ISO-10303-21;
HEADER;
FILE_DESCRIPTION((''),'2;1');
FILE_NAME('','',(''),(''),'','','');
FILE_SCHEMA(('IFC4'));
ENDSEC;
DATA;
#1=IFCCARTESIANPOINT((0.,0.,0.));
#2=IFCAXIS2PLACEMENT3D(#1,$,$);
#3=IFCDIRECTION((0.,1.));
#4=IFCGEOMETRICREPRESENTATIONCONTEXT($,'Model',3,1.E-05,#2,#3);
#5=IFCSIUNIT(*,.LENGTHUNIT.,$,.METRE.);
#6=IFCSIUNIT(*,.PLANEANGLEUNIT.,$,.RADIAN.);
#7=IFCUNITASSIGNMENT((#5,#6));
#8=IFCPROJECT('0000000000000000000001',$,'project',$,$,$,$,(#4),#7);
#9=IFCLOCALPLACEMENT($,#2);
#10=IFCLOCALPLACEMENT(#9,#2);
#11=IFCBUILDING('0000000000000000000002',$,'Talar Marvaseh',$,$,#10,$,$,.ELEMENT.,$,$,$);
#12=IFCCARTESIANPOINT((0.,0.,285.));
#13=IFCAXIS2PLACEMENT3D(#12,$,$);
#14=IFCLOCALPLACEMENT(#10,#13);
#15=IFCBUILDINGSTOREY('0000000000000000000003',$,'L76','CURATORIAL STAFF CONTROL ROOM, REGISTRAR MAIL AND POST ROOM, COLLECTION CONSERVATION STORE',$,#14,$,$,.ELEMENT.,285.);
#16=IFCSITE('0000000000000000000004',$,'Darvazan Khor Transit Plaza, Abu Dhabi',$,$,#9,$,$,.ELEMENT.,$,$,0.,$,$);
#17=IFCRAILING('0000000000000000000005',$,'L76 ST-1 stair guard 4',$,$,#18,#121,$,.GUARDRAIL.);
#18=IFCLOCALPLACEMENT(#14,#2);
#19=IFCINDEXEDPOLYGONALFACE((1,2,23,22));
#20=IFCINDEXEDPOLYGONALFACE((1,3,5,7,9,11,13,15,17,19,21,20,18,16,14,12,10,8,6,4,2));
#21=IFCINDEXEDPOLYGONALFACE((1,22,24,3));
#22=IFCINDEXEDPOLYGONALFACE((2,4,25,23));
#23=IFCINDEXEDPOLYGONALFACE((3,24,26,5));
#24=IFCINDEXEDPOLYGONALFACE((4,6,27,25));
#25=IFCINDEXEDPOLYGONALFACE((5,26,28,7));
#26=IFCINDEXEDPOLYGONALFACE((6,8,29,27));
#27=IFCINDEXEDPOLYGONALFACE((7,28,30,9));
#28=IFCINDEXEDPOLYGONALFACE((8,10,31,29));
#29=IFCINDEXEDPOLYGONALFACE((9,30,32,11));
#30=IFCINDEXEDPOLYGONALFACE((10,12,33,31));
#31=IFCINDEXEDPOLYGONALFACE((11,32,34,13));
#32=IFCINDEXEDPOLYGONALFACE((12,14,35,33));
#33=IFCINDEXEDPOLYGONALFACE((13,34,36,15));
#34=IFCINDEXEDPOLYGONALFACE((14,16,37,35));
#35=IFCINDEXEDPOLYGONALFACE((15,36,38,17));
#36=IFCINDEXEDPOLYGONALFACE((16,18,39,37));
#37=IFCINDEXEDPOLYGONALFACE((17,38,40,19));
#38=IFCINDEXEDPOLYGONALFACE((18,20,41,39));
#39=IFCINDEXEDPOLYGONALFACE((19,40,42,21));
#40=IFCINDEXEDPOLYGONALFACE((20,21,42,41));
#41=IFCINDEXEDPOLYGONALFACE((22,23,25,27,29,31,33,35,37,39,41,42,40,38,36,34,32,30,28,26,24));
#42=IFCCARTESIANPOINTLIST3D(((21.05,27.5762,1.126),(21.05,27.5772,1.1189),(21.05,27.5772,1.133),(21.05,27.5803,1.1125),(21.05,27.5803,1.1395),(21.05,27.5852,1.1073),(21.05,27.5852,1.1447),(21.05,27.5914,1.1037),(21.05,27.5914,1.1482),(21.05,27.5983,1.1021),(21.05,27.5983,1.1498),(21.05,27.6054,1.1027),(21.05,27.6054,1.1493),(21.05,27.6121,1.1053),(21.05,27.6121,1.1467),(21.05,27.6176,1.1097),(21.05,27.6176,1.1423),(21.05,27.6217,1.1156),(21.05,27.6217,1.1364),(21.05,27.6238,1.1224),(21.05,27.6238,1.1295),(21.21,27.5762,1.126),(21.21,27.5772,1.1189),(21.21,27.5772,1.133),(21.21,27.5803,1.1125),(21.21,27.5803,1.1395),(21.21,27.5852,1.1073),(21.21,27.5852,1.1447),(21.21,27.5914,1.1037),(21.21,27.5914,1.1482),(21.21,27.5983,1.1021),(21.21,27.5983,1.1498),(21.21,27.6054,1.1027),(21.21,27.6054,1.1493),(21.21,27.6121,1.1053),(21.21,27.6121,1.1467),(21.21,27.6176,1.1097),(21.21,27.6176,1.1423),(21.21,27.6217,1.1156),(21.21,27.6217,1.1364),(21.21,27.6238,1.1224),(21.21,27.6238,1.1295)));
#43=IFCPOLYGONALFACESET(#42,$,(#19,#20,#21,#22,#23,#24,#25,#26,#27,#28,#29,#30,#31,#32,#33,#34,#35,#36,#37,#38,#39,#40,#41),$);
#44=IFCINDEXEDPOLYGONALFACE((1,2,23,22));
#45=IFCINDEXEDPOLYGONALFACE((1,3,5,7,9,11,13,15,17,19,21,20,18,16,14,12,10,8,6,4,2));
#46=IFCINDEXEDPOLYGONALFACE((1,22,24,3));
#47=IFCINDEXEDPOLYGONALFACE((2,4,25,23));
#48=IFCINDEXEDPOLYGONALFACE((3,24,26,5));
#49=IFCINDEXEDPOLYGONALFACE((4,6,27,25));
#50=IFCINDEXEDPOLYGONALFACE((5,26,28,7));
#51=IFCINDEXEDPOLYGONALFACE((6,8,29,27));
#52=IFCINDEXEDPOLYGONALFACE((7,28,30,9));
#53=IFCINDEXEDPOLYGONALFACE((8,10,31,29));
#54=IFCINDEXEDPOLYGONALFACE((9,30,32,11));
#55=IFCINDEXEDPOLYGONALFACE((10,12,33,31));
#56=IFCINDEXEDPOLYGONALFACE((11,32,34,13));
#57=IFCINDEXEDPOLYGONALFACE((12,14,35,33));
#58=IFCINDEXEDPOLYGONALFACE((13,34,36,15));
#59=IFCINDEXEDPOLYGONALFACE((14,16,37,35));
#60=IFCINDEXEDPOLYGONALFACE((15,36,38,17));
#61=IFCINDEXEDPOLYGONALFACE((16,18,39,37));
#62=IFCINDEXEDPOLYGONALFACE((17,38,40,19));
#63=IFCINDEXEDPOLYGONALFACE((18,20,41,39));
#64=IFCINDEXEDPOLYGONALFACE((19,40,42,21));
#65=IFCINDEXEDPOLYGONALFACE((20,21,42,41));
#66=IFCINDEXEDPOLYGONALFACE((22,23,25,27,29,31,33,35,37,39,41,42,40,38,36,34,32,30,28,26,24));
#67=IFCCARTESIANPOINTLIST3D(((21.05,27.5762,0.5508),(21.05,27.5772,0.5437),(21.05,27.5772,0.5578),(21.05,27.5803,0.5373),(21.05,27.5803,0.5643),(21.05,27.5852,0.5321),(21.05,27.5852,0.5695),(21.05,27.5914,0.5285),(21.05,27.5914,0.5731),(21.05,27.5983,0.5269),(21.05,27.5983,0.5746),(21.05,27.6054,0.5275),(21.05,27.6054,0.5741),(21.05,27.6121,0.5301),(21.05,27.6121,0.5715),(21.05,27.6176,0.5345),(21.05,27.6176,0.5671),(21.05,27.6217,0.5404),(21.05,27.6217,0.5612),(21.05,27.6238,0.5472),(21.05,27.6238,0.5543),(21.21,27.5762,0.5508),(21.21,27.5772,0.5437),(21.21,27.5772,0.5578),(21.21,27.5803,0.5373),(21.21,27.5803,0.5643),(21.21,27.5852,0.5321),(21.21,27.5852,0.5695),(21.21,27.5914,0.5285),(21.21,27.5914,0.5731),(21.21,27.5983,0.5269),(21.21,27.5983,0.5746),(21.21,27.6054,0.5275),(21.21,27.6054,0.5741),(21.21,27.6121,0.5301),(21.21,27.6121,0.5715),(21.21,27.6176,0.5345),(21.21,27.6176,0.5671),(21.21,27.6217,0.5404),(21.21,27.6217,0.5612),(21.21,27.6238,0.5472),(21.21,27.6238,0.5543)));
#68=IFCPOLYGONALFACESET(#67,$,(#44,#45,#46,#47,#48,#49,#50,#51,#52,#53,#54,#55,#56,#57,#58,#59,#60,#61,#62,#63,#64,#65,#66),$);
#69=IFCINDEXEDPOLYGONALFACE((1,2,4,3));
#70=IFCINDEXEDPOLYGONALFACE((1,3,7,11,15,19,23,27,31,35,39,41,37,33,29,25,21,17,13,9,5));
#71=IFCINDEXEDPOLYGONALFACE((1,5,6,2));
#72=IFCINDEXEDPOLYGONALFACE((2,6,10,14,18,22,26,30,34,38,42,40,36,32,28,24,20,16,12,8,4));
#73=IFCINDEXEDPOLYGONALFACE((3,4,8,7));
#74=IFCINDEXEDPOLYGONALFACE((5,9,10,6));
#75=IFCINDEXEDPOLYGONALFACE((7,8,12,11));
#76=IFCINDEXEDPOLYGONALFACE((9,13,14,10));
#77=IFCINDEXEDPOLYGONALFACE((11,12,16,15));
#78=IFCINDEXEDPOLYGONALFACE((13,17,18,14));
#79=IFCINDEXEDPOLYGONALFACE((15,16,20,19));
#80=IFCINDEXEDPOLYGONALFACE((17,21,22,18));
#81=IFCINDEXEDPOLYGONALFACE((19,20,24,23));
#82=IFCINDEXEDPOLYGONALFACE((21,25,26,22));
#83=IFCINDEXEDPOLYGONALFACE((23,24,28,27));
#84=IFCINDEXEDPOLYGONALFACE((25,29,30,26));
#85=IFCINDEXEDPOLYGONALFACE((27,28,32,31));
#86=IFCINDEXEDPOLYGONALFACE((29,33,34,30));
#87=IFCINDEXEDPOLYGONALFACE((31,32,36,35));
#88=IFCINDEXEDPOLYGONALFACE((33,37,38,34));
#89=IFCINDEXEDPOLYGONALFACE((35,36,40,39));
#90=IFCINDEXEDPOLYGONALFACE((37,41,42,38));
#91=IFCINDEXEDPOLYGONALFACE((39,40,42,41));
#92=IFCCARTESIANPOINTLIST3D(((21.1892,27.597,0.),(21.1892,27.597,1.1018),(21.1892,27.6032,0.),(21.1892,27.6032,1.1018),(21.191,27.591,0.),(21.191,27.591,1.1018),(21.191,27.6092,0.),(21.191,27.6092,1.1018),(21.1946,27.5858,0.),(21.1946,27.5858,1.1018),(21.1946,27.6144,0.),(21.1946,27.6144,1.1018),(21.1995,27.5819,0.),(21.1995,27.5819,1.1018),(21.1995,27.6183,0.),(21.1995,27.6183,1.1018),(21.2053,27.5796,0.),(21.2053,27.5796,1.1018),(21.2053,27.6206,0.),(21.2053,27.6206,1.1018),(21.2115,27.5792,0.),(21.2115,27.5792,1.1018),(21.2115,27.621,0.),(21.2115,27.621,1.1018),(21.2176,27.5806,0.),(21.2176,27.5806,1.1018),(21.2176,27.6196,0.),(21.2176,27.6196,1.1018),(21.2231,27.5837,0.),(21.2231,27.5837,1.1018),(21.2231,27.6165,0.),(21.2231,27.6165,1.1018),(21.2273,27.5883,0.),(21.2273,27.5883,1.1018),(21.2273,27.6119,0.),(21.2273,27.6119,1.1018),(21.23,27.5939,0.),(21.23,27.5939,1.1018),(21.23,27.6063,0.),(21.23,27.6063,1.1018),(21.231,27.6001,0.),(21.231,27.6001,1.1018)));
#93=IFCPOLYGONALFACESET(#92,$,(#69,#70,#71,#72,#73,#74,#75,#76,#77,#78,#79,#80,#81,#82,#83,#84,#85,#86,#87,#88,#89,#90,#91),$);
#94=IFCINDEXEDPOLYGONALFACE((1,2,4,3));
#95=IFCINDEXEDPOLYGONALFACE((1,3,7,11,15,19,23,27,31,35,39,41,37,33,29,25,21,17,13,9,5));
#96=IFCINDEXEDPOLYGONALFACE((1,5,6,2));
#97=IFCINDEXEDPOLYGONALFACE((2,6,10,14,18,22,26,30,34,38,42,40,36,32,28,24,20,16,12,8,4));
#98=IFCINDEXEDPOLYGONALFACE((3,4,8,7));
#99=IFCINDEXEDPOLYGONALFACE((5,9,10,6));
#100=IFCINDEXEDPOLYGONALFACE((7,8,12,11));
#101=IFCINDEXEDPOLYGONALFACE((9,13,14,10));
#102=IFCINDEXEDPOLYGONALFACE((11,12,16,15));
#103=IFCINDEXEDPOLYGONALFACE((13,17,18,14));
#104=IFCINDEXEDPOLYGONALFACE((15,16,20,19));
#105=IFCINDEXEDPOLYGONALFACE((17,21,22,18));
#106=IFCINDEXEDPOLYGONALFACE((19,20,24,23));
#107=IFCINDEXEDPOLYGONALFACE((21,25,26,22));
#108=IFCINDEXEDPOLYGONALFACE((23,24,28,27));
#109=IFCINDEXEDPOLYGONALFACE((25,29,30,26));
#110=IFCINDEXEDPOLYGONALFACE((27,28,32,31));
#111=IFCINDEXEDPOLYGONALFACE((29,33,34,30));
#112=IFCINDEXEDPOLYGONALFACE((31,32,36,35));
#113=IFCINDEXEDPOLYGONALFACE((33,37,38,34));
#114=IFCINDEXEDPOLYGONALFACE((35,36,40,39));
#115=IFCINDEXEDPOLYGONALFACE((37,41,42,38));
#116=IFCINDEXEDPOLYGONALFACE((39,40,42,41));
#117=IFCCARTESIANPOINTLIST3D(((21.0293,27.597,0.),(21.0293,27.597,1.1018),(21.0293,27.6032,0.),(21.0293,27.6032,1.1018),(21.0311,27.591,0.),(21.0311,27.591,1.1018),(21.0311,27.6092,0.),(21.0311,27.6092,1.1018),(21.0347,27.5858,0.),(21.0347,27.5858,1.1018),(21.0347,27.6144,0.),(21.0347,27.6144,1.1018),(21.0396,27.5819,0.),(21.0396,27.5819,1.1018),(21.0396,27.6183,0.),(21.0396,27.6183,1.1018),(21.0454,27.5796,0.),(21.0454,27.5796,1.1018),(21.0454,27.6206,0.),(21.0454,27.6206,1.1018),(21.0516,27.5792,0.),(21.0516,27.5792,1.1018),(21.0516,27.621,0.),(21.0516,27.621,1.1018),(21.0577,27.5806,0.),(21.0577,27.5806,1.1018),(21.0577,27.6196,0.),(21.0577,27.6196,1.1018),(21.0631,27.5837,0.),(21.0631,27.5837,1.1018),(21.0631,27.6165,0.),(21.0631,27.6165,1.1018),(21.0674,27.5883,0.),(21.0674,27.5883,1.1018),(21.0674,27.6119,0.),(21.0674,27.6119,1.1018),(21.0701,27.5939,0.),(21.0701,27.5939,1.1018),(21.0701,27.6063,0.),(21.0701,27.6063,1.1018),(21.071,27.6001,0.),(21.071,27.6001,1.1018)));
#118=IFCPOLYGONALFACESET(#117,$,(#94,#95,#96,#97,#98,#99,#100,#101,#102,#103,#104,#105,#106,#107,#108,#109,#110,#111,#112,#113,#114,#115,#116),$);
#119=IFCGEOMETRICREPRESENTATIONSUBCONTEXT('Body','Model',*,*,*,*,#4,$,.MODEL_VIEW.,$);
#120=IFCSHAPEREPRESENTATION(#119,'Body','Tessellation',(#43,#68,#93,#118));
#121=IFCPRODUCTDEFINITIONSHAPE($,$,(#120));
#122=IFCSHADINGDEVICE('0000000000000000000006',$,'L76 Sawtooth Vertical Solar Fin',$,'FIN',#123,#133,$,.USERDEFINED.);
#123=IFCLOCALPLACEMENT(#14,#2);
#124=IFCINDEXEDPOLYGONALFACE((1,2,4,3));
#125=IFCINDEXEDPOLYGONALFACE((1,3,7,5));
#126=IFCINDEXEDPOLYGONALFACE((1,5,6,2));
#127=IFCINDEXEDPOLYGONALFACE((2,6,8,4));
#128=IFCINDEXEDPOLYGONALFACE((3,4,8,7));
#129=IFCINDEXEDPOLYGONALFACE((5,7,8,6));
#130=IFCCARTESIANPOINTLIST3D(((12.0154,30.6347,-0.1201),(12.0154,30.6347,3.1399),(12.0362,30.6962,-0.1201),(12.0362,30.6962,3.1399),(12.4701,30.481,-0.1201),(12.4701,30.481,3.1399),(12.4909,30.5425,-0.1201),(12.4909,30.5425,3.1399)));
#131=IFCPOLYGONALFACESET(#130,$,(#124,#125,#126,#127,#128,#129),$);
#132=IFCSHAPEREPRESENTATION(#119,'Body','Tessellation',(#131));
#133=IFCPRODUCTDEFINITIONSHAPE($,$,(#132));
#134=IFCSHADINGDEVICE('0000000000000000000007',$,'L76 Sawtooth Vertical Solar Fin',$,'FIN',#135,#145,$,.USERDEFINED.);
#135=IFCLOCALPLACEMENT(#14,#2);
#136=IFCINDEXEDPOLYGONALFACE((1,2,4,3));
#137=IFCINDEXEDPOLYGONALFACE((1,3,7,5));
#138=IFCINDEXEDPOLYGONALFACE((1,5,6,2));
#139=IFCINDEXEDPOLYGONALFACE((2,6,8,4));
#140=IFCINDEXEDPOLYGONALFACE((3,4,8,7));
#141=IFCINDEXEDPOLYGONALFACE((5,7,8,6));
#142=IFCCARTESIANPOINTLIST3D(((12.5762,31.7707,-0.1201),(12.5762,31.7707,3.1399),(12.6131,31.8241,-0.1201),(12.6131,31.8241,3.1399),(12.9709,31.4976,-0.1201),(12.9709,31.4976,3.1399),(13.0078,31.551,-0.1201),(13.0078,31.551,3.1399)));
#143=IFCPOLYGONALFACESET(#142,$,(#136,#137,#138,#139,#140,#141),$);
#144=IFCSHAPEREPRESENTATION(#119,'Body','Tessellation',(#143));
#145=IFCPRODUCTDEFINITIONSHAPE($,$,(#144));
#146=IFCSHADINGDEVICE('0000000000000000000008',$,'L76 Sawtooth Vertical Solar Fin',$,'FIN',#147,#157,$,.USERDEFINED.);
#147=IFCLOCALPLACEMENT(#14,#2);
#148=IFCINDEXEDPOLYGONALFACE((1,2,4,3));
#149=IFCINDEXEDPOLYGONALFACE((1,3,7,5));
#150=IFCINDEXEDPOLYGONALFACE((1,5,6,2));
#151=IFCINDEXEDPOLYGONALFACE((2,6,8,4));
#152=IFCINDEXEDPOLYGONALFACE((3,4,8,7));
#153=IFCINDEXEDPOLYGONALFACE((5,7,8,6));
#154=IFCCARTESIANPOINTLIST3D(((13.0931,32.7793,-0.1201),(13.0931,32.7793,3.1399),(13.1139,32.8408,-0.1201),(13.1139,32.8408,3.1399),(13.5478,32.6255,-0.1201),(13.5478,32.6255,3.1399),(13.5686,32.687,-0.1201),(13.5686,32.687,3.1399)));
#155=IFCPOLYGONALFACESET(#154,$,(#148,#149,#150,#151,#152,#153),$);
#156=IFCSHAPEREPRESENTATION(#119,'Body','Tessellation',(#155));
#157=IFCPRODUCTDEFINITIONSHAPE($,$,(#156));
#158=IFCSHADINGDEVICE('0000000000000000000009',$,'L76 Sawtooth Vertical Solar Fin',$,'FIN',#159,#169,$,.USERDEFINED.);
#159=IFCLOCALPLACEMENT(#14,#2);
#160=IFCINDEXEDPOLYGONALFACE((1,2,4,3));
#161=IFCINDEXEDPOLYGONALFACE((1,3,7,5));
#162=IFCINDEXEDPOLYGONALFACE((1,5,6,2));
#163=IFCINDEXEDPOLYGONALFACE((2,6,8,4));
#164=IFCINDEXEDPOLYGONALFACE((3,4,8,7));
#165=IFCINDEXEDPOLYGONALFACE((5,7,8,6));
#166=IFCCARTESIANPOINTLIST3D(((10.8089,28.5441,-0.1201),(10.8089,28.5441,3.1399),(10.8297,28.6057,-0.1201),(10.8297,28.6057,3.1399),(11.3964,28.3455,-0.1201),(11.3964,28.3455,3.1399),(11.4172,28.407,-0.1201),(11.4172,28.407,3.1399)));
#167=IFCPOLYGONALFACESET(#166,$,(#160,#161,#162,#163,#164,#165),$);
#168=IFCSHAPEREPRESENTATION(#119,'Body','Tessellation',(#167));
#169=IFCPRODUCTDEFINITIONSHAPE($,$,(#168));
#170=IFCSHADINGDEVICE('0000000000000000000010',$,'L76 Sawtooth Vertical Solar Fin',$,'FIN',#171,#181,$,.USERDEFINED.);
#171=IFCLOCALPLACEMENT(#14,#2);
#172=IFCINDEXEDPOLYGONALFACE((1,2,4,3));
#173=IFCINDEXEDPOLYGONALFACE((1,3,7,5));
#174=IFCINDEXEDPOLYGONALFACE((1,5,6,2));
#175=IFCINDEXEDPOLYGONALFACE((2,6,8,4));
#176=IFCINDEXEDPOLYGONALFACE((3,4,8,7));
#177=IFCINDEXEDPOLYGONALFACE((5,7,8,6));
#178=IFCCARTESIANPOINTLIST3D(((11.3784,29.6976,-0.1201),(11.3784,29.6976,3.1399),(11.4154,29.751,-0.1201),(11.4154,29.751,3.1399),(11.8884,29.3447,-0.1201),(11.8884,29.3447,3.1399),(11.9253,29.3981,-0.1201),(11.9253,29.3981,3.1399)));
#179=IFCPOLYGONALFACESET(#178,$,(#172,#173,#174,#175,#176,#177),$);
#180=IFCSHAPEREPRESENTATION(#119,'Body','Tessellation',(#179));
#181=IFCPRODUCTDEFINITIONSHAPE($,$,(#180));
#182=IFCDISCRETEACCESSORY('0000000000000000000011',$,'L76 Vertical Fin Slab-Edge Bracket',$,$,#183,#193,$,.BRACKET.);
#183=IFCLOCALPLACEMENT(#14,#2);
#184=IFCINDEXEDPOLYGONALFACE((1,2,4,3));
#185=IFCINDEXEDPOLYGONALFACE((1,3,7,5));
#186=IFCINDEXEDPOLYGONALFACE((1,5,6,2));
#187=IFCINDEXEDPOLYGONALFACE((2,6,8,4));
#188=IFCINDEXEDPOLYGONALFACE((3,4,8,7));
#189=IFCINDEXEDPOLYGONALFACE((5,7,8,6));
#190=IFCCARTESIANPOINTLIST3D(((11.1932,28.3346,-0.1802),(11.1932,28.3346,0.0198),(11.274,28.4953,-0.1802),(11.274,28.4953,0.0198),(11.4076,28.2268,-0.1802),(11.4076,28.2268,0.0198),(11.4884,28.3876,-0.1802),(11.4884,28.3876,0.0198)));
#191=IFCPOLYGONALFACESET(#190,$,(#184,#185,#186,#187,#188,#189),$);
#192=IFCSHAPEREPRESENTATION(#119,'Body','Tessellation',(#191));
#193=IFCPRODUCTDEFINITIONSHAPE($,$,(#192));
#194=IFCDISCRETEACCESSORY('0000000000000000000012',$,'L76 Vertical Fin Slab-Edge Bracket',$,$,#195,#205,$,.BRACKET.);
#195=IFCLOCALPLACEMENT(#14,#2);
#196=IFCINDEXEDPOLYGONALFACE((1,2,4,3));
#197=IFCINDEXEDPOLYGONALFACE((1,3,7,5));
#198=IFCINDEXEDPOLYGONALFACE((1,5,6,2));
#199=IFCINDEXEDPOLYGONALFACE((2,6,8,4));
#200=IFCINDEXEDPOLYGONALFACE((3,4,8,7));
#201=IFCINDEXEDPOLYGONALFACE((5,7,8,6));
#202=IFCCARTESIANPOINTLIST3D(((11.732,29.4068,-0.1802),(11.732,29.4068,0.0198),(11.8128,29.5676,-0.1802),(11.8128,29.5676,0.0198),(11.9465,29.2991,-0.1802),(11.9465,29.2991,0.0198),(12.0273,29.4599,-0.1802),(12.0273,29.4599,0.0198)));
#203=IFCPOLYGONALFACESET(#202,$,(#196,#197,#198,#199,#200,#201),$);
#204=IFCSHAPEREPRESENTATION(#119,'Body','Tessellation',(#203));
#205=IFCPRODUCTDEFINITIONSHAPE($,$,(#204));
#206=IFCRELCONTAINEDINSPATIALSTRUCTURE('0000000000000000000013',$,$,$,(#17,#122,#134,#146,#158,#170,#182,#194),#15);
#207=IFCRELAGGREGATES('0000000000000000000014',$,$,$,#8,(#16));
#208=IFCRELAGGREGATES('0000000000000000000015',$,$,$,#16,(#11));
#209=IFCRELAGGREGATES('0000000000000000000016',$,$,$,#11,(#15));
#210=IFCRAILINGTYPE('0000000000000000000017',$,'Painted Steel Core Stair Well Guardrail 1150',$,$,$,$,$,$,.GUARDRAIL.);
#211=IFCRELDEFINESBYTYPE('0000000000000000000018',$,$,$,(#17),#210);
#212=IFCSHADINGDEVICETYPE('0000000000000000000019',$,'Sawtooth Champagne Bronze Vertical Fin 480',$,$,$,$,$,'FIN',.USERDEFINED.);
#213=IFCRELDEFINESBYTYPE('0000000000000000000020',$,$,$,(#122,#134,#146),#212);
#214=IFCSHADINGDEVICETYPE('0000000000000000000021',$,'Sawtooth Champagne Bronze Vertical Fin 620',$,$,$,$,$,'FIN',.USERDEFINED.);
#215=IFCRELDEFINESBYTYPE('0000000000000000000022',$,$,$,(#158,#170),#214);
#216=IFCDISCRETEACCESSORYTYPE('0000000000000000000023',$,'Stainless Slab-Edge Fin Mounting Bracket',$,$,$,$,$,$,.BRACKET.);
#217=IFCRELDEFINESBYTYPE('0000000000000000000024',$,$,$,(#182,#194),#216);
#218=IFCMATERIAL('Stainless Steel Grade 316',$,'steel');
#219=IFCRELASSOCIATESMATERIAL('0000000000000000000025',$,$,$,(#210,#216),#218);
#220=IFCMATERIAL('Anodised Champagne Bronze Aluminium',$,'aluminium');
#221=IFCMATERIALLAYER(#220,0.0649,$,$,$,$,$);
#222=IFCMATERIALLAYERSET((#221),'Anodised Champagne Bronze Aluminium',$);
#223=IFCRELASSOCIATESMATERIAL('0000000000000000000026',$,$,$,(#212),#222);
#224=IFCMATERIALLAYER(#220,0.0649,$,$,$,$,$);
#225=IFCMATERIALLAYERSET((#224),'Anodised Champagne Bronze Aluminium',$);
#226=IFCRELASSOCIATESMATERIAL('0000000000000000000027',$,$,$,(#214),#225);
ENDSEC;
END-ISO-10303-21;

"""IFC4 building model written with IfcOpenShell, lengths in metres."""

from ifc_helpers import new_model, si_unit, direction, frame, origin, origin_2d, place, context, subcontext, project, spatial, rectangle, circle, extrude, source, transform, mapped, material, layer, layer_set, type_object, type_shapes, element, save


model = new_model("IFC4")

# Units and contexts
model_context = context("Model", 3, precision=1e-05, world=origin(), true_north=direction((0.0, 1.0)))
body_context = subcontext(model_context, "Body", "Model", "MODEL_VIEW")
ifc_project = project(units=[si_unit("LENGTHUNIT", "METRE"), si_unit("PLANEANGLEUNIT", "RADIAN")], contexts=[model_context])

# Site, building, storey
site_placement = place(None, origin())
site = spatial("IfcSite", under=ifc_project, at=site_placement, Name="Darvazan Khor Transit Plaza, Abu Dhabi", CompositionType="ELEMENT", RefElevation=0.0)
building_placement = place(site_placement, origin())
building = spatial("IfcBuilding", under=site, at=building_placement, Name="Talar Marvaseh", CompositionType="ELEMENT")
storey_placement = place(building_placement, frame((0.0, 0.0, 285.0)))
storey = spatial("IfcBuildingStorey", under=building, at=storey_placement, Name="L76", Description="CURATORIAL STAFF CONTROL ROOM, REGISTRAR MAIL AND POST ROOM, COLLECTION CONSERVATION STORE", CompositionType="ELEMENT", Elevation=285.0)

# Railing
ifc_material_1 = material(Name="Stainless Steel Grade 316", Category="steel")
railing_type_1 = type_object("IfcRailingType", Name="Painted Steel Core Stair Well Guardrail 1150", PredefinedType="GUARDRAIL", material=ifc_material_1)
railing_1_placement = place(storey_placement, frame((21.21, 27.6001, 0.0)))
element("IfcRailing", 1, at=railing_1_placement, inside=storey, type_object=railing_type_1, Name="L76 ST-1 stair guard 4", PredefinedType="GUARDRAIL", context=body_context, shape_type="SweptSolid", body=[
    extrude(circle(Radius=0.0239, at=origin_2d()), frame((0.0, 0.0, 1.126), z_axis=(-1.0, 0.0, 0.0), x_axis=(0.0, -1.0, 0.0)), (0.0, 0.0, 1.0), 0.1599),
    extrude(circle(Radius=0.0239, at=origin_2d()), frame((0.0, 0.0, 0.5508), z_axis=(-1.0, 0.0, 0.0), x_axis=(0.0, -1.0, 0.0)), (0.0, 0.0, 1.0), 0.1599),
    extrude(circle(Radius=0.021, at=origin_2d()), origin(), (0.0, 0.0, 1.0), 1.1018),
    extrude(circle(Radius=0.021, at=origin_2d()), frame((-0.1599, 0.0, 0.0)), (0.0, 0.0, 1.0), 1.1018),
])

# Shading devices
ifc_material_2 = material(Name="Anodised Champagne Bronze Aluminium", Category="aluminium")
ifc_layer_1 = layer(ifc_material_2, 0.0649)
ifc_layer_set_1 = layer_set([ifc_layer_1], Name="Anodised Champagne Bronze Aluminium")
shading_device_type_1 = type_object("IfcShadingDeviceType", Name="Sawtooth Champagne Bronze Vertical Fin 480", ElementType="FIN", PredefinedType="USERDEFINED", material=ifc_layer_set_1)
shared_shape_1 = source(origin(), body_context, "Body", "SweptSolid", [
    extrude(rectangle(XDim=0.48, YDim=0.0649, at=origin_2d()), origin(), (0.0, 0.0, 1.0), 3.26),
])
type_shapes(shading_device_type_1, [shared_shape_1])
for number, where, z_axis, x_axis, name in (
    (2, (12.2532, 30.5886, -0.1201), (0.0, 0.0, 1.0), (-0.947322, 0.320282, 0.0), "L76 Sawtooth Vertical Solar Fin"),
    (3, (12.792, 31.6609, -0.1201), (0.0, 0.0, 1.0), (-0.822343, 0.568993, 0.0), "L76 Sawtooth Vertical Solar Fin"),
    (4, (13.3308, 32.7332, -0.1201), (0.0, 0.0, 1.0), (-0.947322, 0.320282, 0.0), "L76 Sawtooth Vertical Solar Fin"),
):
    element("IfcShadingDevice", number, at=place(storey_placement, frame(where, z_axis=z_axis, x_axis=x_axis)), inside=storey, type_object=shading_device_type_1, Name=name, ObjectType="FIN", PredefinedType="USERDEFINED", context=body_context, shape_type="MappedRepresentation", body=[
        mapped(shared_shape_1, transform((0.0, 0.0, 0.0), x_axis=(1.0, 0.0, 0.0), y_axis=(0.0, 1.0, 0.0), z_axis=(0.0, 0.0, 1.0), scale=1.0)),
    ])
ifc_layer_2 = layer(ifc_material_2, 0.0649)
ifc_layer_set_2 = layer_set([ifc_layer_2], Name="Anodised Champagne Bronze Aluminium")
shading_device_type_2 = type_object("IfcShadingDeviceType", Name="Sawtooth Champagne Bronze Vertical Fin 620", ElementType="FIN", PredefinedType="USERDEFINED", material=ifc_layer_set_2)
shared_shape_2 = source(origin(), body_context, "Body", "SweptSolid", [
    extrude(rectangle(XDim=0.6201, YDim=0.0649, at=origin_2d()), origin(), (0.0, 0.0, 1.0), 3.26),
])
type_shapes(shading_device_type_2, [shared_shape_2])
for number, where, z_axis, x_axis, name in (
    (5, (11.113, 28.4756, -0.1201), (0.0, 0.0, 1.0), (-0.947322, 0.320282, 0.0), "L76 Sawtooth Vertical Solar Fin"),
    (6, (11.6519, 29.5479, -0.1201), (0.0, 0.0, 1.0), (-0.822343, 0.568993, 0.0), "L76 Sawtooth Vertical Solar Fin"),
):
    element("IfcShadingDevice", number, at=place(storey_placement, frame(where, z_axis=z_axis, x_axis=x_axis)), inside=storey, type_object=shading_device_type_2, Name=name, ObjectType="FIN", PredefinedType="USERDEFINED", context=body_context, shape_type="MappedRepresentation", body=[
        mapped(shared_shape_2, transform((0.0, 0.0, 0.0), x_axis=(1.0, 0.0, 0.0), y_axis=(0.0, 1.0, 0.0), z_axis=(0.0, 0.0, 1.0), scale=1.0)),
    ])

# Discrete accessories
discrete_accessory_type = type_object("IfcDiscreteAccessoryType", Name="Stainless Slab-Edge Fin Mounting Bracket", PredefinedType="BRACKET", material=ifc_material_1)
shared_shape_3 = source(origin(), body_context, "Body", "SweptSolid", [
    extrude(rectangle(XDim=0.24, YDim=0.1799, at=origin_2d()), origin(), (0.0, 0.0, 1.0), 0.2),
])
type_shapes(discrete_accessory_type, [shared_shape_3])
for number, where, z_axis, x_axis, name in (
    (7, (11.3408, 28.3611, -0.1802), (0.0, 0.0, 1.0), (-0.893528, 0.449007, 0.0), "L76 Vertical Fin Slab-Edge Bracket"),
    (8, (11.8796, 29.4333, -0.1802), (0.0, 0.0, 1.0), (-0.893528, 0.449007, 0.0), "L76 Vertical Fin Slab-Edge Bracket"),
):
    element("IfcDiscreteAccessory", number, at=place(storey_placement, frame(where, z_axis=z_axis, x_axis=x_axis)), inside=storey, type_object=discrete_accessory_type, Name=name, PredefinedType="BRACKET", context=body_context, shape_type="MappedRepresentation", body=[
        mapped(shared_shape_3, transform((0.0, 0.0, 0.0), x_axis=(1.0, 0.0, 0.0), y_axis=(0.0, 1.0, 0.0), z_axis=(0.0, 0.0, 1.0), scale=1.0)),
    ])

save(model, "model.ifc")
